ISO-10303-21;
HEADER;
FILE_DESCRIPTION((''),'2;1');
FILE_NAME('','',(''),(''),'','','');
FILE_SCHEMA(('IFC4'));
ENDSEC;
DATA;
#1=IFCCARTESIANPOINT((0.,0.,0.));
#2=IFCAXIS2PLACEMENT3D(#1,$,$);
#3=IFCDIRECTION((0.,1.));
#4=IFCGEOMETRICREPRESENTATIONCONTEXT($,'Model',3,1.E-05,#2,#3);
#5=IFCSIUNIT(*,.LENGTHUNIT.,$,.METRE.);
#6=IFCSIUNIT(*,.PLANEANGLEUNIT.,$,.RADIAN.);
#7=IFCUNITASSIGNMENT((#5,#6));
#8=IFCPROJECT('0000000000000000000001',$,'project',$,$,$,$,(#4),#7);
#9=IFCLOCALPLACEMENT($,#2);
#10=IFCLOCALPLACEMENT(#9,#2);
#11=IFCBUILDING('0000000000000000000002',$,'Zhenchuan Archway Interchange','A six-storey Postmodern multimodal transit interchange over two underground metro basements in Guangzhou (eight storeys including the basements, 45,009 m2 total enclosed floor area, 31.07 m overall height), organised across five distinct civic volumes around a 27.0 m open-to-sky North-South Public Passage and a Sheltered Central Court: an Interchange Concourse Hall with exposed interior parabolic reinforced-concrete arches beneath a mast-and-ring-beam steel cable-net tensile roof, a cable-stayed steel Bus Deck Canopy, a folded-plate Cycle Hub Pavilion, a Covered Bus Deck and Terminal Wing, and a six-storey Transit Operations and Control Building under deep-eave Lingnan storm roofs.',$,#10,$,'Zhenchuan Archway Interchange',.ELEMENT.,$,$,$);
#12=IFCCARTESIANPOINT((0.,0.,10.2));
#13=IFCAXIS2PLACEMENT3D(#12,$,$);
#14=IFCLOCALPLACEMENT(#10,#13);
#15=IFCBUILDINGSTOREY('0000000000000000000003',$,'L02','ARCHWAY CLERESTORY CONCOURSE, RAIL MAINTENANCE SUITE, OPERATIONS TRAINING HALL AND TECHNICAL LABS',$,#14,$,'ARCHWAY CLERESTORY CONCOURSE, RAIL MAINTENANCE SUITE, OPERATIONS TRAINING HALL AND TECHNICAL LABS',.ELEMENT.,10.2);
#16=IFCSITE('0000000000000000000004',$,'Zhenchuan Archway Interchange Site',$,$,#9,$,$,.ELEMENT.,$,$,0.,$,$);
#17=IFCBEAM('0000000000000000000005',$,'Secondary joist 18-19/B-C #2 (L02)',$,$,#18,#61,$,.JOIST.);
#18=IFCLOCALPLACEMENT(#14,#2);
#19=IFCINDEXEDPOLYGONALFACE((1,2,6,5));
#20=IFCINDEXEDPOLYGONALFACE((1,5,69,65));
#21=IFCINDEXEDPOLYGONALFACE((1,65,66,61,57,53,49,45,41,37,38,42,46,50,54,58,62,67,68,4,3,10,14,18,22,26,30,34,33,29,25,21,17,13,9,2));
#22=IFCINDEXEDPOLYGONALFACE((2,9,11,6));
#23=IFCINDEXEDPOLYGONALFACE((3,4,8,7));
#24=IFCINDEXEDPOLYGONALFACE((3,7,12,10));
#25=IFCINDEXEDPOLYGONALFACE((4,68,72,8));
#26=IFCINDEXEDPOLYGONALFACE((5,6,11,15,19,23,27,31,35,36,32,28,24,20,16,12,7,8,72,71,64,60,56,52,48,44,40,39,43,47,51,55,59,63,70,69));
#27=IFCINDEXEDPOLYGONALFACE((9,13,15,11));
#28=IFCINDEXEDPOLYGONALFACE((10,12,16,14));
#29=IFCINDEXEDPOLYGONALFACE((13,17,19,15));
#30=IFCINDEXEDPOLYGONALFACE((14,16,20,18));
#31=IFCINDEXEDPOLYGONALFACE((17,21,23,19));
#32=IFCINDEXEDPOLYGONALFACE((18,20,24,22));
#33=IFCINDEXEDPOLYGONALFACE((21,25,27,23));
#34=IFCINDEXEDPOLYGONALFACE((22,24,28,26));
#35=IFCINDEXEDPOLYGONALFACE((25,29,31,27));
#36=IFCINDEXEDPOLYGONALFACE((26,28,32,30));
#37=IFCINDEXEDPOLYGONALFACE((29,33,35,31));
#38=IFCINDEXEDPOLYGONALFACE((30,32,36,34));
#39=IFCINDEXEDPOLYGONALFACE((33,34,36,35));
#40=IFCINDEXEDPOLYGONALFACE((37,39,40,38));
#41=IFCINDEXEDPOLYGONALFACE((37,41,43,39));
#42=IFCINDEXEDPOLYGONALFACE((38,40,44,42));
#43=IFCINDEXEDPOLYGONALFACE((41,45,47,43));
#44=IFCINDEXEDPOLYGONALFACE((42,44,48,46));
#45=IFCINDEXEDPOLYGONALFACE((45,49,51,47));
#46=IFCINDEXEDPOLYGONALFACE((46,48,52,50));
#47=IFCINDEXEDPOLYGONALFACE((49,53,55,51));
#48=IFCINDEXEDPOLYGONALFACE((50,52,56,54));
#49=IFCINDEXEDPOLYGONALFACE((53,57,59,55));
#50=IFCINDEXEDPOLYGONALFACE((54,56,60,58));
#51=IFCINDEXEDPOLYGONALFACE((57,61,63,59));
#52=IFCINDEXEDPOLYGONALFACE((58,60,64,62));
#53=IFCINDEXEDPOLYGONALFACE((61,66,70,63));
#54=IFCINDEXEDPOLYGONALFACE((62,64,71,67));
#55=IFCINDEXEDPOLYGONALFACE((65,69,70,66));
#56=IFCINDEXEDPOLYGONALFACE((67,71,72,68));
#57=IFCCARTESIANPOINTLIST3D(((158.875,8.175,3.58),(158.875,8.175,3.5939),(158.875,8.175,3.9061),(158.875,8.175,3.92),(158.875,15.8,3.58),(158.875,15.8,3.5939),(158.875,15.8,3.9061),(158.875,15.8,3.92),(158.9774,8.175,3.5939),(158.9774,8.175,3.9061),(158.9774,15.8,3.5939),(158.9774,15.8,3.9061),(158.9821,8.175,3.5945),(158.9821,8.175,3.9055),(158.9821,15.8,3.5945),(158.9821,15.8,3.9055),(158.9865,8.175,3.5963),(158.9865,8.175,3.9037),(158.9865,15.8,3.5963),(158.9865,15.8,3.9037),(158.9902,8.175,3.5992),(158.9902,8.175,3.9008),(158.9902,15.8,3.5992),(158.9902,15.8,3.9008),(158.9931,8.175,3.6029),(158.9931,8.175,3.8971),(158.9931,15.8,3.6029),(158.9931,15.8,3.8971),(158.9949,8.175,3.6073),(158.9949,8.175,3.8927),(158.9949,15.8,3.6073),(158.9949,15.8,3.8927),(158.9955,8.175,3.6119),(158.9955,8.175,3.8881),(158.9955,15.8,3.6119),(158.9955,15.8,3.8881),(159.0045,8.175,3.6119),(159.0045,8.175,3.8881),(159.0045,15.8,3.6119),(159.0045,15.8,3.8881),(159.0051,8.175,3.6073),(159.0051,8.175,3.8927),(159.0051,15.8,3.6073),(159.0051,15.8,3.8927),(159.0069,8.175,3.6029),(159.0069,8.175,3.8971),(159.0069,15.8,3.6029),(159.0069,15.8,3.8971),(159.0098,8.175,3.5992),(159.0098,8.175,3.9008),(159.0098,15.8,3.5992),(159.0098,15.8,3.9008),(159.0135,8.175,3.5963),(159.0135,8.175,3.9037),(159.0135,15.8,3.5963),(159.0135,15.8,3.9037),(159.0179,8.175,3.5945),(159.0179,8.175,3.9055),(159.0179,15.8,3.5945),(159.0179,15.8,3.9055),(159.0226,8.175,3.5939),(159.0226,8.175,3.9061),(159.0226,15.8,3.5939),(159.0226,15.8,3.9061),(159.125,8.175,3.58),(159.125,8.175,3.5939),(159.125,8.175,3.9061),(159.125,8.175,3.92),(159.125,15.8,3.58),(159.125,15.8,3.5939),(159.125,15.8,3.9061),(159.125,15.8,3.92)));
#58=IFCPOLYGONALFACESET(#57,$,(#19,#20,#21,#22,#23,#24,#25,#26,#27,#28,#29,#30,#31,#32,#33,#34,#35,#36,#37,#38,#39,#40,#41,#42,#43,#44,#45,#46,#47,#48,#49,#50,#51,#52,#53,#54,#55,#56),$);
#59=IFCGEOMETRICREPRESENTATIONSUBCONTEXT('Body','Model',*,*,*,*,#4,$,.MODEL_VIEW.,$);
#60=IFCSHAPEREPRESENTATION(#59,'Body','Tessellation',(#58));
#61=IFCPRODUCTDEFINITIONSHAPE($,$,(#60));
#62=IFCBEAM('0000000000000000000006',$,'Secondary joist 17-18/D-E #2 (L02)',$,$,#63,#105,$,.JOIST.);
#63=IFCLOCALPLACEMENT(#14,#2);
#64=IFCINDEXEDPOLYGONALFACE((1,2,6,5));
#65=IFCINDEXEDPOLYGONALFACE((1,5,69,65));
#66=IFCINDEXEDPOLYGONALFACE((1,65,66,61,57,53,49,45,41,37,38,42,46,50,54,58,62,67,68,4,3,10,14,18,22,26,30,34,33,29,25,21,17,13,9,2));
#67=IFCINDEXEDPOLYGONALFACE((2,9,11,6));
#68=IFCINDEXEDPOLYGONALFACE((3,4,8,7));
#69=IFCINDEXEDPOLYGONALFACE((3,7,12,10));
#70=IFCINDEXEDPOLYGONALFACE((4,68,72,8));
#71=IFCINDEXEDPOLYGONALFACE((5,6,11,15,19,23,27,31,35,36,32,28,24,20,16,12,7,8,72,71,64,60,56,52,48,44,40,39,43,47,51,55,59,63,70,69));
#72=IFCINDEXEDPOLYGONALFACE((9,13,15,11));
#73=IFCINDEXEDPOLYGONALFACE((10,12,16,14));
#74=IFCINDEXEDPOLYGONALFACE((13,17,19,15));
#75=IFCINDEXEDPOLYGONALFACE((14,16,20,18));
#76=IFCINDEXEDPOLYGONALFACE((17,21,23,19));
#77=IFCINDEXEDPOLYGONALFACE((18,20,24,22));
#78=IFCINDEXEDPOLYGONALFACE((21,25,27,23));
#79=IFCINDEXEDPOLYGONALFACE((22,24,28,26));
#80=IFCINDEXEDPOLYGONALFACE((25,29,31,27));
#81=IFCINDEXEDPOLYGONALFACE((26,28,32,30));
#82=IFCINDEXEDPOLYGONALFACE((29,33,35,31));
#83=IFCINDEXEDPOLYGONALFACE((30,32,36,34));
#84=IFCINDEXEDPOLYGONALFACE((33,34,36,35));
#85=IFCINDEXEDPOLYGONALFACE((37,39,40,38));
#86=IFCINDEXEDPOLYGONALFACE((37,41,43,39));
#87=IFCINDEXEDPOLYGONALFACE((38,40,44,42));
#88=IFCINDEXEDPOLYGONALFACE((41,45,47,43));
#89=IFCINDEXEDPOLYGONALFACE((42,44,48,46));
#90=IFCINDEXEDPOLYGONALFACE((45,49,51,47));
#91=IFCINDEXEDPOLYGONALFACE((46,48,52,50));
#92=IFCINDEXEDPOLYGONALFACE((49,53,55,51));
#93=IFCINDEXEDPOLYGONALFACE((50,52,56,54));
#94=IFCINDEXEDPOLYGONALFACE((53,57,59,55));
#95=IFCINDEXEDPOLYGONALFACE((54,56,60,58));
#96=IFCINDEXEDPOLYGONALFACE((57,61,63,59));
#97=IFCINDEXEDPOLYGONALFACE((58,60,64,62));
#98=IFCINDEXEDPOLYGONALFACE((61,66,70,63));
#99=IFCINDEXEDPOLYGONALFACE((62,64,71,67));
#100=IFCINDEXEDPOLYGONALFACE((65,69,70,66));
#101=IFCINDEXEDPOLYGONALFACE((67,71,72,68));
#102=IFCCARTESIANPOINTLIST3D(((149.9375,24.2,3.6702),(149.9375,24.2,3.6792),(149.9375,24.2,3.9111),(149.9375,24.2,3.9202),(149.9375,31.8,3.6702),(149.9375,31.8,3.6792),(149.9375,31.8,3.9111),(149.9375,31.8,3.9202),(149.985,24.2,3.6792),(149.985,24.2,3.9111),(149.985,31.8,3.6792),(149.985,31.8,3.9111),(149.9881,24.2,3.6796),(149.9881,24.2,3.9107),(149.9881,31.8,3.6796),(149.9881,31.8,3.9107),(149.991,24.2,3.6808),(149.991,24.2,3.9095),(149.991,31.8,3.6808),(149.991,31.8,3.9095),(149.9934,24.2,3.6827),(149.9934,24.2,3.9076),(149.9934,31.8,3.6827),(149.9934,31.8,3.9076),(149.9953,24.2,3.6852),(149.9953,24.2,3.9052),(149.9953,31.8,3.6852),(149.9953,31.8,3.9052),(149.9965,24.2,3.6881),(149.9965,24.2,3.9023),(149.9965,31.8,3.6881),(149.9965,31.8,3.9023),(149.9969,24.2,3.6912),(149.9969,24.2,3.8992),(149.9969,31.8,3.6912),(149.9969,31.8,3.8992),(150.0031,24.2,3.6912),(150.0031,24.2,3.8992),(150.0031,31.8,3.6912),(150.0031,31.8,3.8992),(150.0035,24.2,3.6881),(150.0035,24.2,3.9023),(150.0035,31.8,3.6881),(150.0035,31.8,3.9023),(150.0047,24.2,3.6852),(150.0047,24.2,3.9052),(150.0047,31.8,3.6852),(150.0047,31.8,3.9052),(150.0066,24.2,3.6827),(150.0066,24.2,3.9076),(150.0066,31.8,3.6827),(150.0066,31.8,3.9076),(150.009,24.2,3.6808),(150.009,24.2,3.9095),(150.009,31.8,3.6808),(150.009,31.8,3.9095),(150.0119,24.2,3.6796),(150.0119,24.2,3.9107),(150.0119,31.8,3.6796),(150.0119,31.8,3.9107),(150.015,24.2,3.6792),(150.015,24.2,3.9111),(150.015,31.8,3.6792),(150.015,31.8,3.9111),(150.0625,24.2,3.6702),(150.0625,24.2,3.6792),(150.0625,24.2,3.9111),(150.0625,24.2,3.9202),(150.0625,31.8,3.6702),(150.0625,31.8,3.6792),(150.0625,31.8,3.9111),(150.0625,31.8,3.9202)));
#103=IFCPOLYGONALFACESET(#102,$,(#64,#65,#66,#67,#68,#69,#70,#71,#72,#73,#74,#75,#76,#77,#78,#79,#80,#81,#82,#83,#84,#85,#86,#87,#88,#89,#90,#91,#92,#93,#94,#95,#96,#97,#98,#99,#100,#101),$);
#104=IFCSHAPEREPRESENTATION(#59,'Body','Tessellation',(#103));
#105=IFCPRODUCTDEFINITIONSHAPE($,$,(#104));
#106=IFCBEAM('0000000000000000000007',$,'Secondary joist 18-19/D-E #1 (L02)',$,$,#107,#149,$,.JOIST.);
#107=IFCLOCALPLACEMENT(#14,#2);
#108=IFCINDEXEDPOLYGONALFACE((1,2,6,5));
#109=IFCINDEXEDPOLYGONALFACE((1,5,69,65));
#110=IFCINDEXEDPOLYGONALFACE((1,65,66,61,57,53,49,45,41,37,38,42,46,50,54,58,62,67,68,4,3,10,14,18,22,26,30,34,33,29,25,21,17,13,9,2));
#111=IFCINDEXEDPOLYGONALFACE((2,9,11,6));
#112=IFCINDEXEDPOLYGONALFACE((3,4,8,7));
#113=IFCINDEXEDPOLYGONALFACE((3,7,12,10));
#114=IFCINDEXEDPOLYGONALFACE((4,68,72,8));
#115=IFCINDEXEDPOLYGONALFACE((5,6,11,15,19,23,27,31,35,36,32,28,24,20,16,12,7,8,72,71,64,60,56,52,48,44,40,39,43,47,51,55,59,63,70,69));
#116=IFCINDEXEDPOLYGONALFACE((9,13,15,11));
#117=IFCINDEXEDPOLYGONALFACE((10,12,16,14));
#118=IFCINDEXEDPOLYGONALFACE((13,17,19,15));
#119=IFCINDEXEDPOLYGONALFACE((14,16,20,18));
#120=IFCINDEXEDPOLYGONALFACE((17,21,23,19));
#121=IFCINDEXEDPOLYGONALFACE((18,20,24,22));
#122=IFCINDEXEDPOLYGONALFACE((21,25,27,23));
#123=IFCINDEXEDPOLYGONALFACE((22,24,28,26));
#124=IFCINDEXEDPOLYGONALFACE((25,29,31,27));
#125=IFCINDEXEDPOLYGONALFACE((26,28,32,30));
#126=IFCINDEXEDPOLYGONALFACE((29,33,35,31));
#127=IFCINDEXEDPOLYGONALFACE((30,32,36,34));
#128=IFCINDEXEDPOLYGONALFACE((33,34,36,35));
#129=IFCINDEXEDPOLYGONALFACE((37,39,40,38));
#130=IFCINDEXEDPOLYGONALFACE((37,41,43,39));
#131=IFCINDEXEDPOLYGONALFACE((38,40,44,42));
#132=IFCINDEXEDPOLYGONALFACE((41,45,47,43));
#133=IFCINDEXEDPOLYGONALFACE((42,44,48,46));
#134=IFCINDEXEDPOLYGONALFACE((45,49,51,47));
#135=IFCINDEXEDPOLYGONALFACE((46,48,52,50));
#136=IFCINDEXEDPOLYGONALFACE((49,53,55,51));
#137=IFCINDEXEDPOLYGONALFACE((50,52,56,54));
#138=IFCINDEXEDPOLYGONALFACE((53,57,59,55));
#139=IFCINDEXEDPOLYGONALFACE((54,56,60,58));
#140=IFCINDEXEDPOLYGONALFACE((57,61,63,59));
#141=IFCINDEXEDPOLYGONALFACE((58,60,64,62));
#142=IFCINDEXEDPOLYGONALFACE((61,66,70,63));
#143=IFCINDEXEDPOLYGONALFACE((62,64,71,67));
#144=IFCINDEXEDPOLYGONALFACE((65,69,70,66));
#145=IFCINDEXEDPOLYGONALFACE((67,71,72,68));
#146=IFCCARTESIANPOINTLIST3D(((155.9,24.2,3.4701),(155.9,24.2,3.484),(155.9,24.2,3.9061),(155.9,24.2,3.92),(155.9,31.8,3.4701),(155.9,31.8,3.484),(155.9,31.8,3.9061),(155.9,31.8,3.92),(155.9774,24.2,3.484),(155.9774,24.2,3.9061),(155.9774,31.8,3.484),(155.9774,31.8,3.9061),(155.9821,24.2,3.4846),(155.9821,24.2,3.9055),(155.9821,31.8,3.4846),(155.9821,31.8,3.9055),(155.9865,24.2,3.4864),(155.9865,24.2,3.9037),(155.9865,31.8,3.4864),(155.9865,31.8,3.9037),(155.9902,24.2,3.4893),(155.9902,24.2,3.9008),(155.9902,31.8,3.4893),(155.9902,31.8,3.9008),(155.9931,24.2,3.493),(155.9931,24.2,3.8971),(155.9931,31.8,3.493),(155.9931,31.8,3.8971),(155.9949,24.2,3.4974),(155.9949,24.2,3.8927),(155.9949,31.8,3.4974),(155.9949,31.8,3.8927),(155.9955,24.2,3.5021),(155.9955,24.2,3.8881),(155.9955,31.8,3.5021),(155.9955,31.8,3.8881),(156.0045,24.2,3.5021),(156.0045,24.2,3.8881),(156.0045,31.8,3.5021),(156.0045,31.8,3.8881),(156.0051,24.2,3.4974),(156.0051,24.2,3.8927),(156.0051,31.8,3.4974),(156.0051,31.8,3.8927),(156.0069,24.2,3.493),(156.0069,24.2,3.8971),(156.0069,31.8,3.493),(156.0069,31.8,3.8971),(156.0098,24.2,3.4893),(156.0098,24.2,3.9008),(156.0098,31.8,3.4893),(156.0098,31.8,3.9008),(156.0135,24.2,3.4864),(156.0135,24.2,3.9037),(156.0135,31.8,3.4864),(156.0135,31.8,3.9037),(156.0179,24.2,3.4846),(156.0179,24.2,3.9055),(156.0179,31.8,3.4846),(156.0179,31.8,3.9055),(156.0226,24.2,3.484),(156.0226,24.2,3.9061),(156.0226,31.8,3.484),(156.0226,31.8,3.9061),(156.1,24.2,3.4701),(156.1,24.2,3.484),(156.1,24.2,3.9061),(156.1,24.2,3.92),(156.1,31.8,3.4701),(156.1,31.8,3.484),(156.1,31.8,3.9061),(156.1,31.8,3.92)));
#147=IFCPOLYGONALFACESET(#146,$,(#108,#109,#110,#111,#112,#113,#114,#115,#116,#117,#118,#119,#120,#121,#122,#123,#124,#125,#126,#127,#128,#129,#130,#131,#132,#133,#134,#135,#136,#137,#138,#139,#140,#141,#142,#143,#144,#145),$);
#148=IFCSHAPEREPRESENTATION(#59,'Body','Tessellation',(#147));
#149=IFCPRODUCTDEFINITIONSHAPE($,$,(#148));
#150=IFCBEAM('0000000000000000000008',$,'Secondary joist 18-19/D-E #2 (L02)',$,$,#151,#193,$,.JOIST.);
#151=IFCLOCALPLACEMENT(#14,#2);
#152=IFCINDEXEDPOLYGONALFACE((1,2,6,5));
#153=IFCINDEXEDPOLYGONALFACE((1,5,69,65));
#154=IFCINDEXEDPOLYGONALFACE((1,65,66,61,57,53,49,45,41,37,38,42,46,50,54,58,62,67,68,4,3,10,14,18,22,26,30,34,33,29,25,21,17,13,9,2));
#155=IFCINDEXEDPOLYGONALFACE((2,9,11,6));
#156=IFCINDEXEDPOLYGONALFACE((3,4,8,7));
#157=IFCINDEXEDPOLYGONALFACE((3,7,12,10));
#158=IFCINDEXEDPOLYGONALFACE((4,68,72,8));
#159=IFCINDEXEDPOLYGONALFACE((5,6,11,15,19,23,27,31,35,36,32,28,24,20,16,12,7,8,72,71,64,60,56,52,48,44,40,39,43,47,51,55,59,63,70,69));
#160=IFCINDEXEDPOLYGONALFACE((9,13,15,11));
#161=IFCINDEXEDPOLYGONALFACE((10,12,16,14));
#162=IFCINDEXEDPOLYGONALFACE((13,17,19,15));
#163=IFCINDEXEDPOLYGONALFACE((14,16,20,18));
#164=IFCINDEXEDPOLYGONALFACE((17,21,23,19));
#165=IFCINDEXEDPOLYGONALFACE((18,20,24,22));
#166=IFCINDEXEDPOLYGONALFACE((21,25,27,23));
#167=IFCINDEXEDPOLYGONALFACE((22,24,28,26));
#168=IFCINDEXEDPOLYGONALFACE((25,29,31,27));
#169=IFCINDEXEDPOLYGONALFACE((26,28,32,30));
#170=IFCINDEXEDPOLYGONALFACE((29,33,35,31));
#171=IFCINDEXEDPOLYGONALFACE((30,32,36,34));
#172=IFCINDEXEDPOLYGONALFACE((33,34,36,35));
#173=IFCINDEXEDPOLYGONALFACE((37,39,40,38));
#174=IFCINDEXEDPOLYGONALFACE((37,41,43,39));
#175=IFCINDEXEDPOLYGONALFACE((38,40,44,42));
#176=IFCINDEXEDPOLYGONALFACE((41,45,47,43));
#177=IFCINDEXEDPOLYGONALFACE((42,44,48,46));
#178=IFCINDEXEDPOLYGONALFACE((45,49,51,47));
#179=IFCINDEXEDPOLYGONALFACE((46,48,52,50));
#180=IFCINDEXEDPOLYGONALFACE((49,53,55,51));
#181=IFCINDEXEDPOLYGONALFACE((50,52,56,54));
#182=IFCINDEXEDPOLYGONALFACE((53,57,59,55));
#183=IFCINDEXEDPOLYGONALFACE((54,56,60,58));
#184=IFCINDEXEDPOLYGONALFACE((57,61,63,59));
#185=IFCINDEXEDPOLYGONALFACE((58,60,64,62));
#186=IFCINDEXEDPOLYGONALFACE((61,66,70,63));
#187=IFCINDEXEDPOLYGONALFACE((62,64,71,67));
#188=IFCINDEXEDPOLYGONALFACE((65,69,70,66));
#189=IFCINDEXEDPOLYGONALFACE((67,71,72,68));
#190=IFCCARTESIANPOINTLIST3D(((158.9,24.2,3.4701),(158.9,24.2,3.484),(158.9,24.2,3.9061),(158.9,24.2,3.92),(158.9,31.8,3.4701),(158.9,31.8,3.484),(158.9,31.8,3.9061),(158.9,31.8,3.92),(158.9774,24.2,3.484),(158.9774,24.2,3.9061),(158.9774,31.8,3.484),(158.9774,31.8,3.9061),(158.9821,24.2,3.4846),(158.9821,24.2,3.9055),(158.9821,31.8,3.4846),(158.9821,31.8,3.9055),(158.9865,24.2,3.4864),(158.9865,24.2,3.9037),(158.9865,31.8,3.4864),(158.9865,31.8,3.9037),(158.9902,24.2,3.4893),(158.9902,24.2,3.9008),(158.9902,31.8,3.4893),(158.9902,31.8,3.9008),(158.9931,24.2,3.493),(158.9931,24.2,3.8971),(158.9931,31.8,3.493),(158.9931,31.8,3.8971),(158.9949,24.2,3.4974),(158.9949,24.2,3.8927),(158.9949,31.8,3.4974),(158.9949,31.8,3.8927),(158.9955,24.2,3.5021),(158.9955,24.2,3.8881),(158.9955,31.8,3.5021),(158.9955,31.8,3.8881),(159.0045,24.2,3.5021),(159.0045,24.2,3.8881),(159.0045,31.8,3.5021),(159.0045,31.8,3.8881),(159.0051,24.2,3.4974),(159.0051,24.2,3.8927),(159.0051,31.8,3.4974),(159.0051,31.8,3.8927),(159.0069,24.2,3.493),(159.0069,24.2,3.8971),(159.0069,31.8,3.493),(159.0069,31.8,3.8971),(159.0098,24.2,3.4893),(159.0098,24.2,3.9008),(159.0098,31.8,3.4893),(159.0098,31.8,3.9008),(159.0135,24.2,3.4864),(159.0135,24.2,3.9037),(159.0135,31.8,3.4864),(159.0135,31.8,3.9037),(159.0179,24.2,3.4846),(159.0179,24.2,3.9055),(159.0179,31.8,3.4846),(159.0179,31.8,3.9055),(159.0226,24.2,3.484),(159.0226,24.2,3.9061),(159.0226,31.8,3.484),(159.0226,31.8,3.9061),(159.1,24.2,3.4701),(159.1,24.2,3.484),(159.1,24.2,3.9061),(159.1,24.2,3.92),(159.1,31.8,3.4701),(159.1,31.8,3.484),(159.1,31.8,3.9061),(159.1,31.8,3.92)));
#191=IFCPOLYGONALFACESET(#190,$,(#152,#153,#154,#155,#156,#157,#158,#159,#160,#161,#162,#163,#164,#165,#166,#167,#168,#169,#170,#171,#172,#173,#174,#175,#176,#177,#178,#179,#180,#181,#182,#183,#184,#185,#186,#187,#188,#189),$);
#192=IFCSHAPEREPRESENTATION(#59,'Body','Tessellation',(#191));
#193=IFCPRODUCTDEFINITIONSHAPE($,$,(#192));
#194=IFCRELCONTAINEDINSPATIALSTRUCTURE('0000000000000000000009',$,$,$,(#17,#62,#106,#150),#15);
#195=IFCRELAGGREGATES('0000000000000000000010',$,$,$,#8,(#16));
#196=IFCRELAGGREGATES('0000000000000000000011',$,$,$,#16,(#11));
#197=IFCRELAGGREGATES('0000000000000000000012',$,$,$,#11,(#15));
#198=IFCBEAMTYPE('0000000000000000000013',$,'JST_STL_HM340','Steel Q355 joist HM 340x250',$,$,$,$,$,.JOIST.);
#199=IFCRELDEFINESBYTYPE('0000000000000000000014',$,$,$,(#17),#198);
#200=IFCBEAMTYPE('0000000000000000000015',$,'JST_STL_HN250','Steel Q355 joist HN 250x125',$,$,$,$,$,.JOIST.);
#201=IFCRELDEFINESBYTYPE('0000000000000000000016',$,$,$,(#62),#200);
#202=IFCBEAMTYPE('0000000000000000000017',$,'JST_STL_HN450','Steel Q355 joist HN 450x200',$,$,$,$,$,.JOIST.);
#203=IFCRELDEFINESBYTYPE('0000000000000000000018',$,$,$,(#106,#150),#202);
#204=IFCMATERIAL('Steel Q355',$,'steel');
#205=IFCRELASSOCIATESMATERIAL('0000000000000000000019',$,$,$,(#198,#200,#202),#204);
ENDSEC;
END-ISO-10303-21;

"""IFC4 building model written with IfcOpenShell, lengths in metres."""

from ifc_helpers import new_model, si_unit, direction, frame, origin, origin_2d, place, context, subcontext, project, spatial, i_section, extrude, material, material_profile, profile_set, type_object, element, save


model = new_model("IFC4")

# Units and contexts
model_context = context("Model", 3, precision=1e-05, world=origin(), true_north=direction((0.0, 1.0)))
body_context = subcontext(model_context, "Body", "Model", "MODEL_VIEW")
ifc_project = project(units=[si_unit("LENGTHUNIT", "METRE"), si_unit("PLANEANGLEUNIT", "RADIAN")], contexts=[model_context])

# Site, building, storey
site_placement = place(None, origin())
site = spatial("IfcSite", under=ifc_project, at=site_placement, Name="Zhenchuan Archway Interchange Site", CompositionType="ELEMENT", RefElevation=0.0)
building_placement = place(site_placement, origin())
building = spatial("IfcBuilding", under=site, at=building_placement, Name="Zhenchuan Archway Interchange", Description="A six-storey Postmodern multimodal transit interchange over two underground metro basements in Guangzhou (eight storeys including the basements, 45,009 m2 total enclosed floor area, 31.07 m overall height), organised across five distinct civic volumes around a 27.0 m open-to-sky North-South Public Passage and a Sheltered Central Court: an Interchange Concourse Hall with exposed interior parabolic reinforced-concrete arches beneath a mast-and-ring-beam steel cable-net tensile roof, a cable-stayed steel Bus Deck Canopy, a folded-plate Cycle Hub Pavilion, a Covered Bus Deck and Terminal Wing, and a six-storey Transit Operations and Control Building under deep-eave Lingnan storm roofs.", LongName="Zhenchuan Archway Interchange", CompositionType="ELEMENT")
storey_placement = place(building_placement, frame((0.0, 0.0, 10.2)))
storey = spatial("IfcBuildingStorey", under=building, at=storey_placement, Name="L02", Description="ARCHWAY CLERESTORY CONCOURSE, RAIL MAINTENANCE SUITE, OPERATIONS TRAINING HALL AND TECHNICAL LABS", LongName="ARCHWAY CLERESTORY CONCOURSE, RAIL MAINTENANCE SUITE, OPERATIONS TRAINING HALL AND TECHNICAL LABS", CompositionType="ELEMENT", Elevation=10.2)

# Beams
ifc_material_1 = material(Name="Steel Q355", Category="steel")
ifc_material_profile_1 = material_profile(ifc_material_1, i_section(OverallWidth=0.25, OverallDepth=0.3401, WebThickness=0.009, FlangeThickness=0.0139, FilletRadius=0.0181, at=origin_2d()), Name="HM 340x250")
ifc_profile_set_1 = profile_set([ifc_material_profile_1], Name="Steel Q355")
beam_type_1 = type_object("IfcBeamType", Name="JST_STL_HM340", Description="Steel Q355 joist HM 340x250", PredefinedType="JOIST", material=ifc_profile_set_1)
for number, where, z_axis, x_axis, name in (
    (1, (159.0, 8.175, 3.75), (0.0, 1.0, 0.0), (-1.0, 0.0, 0.0), "Secondary joist 18-19/B-C #2 (L02)"),
):
    element("IfcBeam", number, at=place(storey_placement, frame(where, z_axis=z_axis, x_axis=x_axis)), inside=storey, type_object=beam_type_1, Name=name, PredefinedType="JOIST", context=body_context, shape_type="SweptSolid", body=[
        extrude(i_section(OverallWidth=0.25, OverallDepth=0.3401, WebThickness=0.009, FlangeThickness=0.0139, FilletRadius=0.0181, at=origin_2d()), origin(), (0.0, 0.0, 1.0), 7.625),
    ])
ifc_material_profile_2 = material_profile(ifc_material_1, i_section(OverallWidth=0.125, OverallDepth=0.25, WebThickness=0.0061, FlangeThickness=0.009, FilletRadius=0.012, at=origin_2d()), Name="HN 250x125")
ifc_profile_set_2 = profile_set([ifc_material_profile_2], Name="Steel Q355")
beam_type_2 = type_object("IfcBeamType", Name="JST_STL_HN250", Description="Steel Q355 joist HN 250x125", PredefinedType="JOIST", material=ifc_profile_set_2)
beam_1_placement = place(storey_placement, frame((150.0, 24.2, 3.7952), z_axis=(0.0, 1.0, 0.0), x_axis=(-1.0, 0.0, 0.0)))
element("IfcBeam", 2, at=beam_1_placement, inside=storey, type_object=beam_type_2, Name="Secondary joist 17-18/D-E #2 (L02)", PredefinedType="JOIST", context=body_context, shape_type="SweptSolid", body=[
    extrude(i_section(OverallWidth=0.125, OverallDepth=0.25, WebThickness=0.0061, FlangeThickness=0.009, FilletRadius=0.012, at=origin_2d()), origin(), (0.0, 0.0, 1.0), 7.6001),
])
ifc_material_profile_3 = material_profile(ifc_material_1, i_section(OverallWidth=0.2, OverallDepth=0.45, WebThickness=0.009, FlangeThickness=0.0139, FilletRadius=0.0181, at=origin_2d()), Name="HN 450x200")
ifc_profile_set_3 = profile_set([ifc_material_profile_3], Name="Steel Q355")
beam_type_3 = type_object("IfcBeamType", Name="JST_STL_HN450", Description="Steel Q355 joist HN 450x200", PredefinedType="JOIST", material=ifc_profile_set_3)
for number, where, z_axis, x_axis, name in (
    (3, (156.0, 24.2, 3.6951), (0.0, 1.0, 0.0), (-1.0, 0.0, 0.0), "Secondary joist 18-19/D-E #1 (L02)"),
    (4, (159.0, 24.2, 3.6951), (0.0, 1.0, 0.0), (-1.0, 0.0, 0.0), "Secondary joist 18-19/D-E #2 (L02)"),
):
    element("IfcBeam", number, at=place(storey_placement, frame(where, z_axis=z_axis, x_axis=x_axis)), inside=storey, type_object=beam_type_3, Name=name, PredefinedType="JOIST", context=body_context, shape_type="SweptSolid", body=[
        extrude(i_section(OverallWidth=0.2, OverallDepth=0.45, WebThickness=0.009, FlangeThickness=0.0139, FilletRadius=0.0181, at=origin_2d()), origin(), (0.0, 0.0, 1.0), 7.6001),
    ])

save(model, "model.ifc")
